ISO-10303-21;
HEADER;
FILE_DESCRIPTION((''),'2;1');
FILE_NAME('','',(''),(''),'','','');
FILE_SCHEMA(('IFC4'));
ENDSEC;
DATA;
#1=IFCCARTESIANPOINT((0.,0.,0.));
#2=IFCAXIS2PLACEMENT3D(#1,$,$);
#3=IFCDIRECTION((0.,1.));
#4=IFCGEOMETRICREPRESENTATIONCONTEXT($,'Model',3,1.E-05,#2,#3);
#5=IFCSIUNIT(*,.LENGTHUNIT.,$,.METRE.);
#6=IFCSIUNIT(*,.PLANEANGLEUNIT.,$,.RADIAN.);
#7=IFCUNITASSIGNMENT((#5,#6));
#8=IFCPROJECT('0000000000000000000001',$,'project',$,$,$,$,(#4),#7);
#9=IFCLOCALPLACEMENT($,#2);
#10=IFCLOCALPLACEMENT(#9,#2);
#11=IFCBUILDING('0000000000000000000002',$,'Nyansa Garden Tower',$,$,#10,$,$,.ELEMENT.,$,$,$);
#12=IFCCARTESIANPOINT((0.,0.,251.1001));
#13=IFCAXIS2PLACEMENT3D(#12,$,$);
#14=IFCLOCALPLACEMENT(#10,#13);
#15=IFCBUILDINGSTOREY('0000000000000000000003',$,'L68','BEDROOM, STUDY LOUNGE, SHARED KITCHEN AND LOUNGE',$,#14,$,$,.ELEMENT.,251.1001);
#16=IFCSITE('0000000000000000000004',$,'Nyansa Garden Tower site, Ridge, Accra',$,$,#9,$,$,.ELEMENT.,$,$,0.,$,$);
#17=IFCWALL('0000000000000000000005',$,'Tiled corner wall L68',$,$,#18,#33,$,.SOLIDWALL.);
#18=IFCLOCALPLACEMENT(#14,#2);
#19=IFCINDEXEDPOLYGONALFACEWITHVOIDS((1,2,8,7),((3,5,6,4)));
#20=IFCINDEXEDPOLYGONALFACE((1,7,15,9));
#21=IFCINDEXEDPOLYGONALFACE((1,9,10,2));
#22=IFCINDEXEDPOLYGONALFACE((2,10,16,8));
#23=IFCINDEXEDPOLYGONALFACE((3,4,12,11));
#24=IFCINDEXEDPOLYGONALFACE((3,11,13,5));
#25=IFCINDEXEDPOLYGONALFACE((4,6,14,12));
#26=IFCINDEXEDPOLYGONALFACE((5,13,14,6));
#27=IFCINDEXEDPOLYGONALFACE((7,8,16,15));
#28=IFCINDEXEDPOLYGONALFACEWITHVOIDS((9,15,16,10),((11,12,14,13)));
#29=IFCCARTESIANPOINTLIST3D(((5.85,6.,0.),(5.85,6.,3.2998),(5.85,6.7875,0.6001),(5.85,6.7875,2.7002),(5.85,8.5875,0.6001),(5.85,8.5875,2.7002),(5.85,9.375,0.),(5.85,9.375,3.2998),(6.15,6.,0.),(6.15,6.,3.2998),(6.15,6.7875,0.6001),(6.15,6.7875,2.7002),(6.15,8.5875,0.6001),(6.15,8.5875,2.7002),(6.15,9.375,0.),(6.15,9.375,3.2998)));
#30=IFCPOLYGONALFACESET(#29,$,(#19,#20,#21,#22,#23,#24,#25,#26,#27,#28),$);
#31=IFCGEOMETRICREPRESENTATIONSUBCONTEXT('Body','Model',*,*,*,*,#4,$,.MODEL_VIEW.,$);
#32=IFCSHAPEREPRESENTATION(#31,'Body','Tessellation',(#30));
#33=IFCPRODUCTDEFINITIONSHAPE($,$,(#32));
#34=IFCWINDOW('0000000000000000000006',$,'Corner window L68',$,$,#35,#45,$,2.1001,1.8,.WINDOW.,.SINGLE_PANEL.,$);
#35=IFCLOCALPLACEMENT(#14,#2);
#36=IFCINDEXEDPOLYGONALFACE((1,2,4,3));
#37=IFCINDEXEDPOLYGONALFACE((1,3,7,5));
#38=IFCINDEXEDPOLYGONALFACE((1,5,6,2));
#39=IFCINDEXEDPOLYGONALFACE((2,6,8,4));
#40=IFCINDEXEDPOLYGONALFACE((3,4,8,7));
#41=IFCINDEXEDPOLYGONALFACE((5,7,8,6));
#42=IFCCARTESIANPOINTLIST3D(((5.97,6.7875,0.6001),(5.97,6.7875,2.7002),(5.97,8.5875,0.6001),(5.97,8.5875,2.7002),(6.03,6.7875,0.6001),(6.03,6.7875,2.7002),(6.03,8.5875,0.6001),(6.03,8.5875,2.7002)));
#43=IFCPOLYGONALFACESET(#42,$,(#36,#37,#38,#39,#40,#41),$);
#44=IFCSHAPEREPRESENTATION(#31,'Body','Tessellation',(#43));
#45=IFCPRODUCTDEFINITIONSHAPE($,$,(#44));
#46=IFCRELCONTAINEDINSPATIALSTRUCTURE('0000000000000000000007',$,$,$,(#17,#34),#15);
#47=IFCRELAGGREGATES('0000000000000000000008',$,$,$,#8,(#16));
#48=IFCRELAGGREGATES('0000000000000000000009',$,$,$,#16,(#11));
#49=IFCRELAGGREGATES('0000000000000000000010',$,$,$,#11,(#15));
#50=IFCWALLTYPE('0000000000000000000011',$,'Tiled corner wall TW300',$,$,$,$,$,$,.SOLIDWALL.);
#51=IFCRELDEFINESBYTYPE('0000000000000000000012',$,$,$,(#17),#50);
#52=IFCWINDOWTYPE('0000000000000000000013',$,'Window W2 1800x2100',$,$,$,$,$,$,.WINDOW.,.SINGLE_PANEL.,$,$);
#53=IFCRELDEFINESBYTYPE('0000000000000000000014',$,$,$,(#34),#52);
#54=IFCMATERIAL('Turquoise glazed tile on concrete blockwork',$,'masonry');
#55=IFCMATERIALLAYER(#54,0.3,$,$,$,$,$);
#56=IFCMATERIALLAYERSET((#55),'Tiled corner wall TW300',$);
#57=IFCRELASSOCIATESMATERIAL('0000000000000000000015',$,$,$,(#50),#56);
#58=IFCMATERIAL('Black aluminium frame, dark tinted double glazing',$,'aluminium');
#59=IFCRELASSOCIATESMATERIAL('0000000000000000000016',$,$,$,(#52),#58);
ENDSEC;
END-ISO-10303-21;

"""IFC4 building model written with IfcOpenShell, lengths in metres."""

from ifc_helpers import new_model, si_unit, direction, frame, frame_2d, origin, place, context, subcontext, project, spatial, rectangle, extrude, material, layer, layer_set, type_object, element, fill, save


model = new_model("IFC4")

# Units and contexts
model_context = context("Model", 3, precision=1e-05, world=origin(), true_north=direction((0.0, 1.0)))
body_context = subcontext(model_context, "Body", "Model", "MODEL_VIEW")
ifc_project = project(units=[si_unit("LENGTHUNIT", "METRE"), si_unit("PLANEANGLEUNIT", "RADIAN")], contexts=[model_context])

# Site, building, storey
site_placement = place(None, origin())
site = spatial("IfcSite", under=ifc_project, at=site_placement, Name="Nyansa Garden Tower site, Ridge, Accra", CompositionType="ELEMENT", RefElevation=0.0)
building_placement = place(site_placement, origin())
building = spatial("IfcBuilding", under=site, at=building_placement, Name="Nyansa Garden Tower", CompositionType="ELEMENT")
storey_placement = place(building_placement, frame((0.0, 0.0, 251.1001)))
storey = spatial("IfcBuildingStorey", under=building, at=storey_placement, Name="L68", Description="BEDROOM, STUDY LOUNGE, SHARED KITCHEN AND LOUNGE", CompositionType="ELEMENT", Elevation=251.1001)

# Wall, opening, window
ifc_material_1 = material(Name="Turquoise glazed tile on concrete blockwork", Category="masonry")
ifc_layer_1 = layer(ifc_material_1, 0.3)
ifc_layer_set_1 = layer_set([ifc_layer_1], Name="Tiled corner wall TW300")
wall_type_1 = type_object("IfcWallType", Name="Tiled corner wall TW300", PredefinedType="SOLIDWALL", material=ifc_layer_set_1)
wall_1_placement = place(storey_placement, frame((6.0, 9.375, 0.0), z_axis=(0.0, 0.0, 1.0), x_axis=(0.0, -1.0, 0.0)))
wall_1 = element("IfcWall", 1, at=wall_1_placement, inside=storey, type_object=wall_type_1, Name="Tiled corner wall L68", PredefinedType="SOLIDWALL", context=body_context, shape_type="SweptSolid", body=[
    extrude(rectangle(XDim=3.375, YDim=0.3, at=frame_2d((1.6875, 0.0))), origin(), (0.0, 0.0, 1.0), 3.2998),
])
opening_1_placement = place(wall_1_placement, frame((0.7876, 0.0, 0.6001)))
opening_1 = element("IfcOpeningElement", 2, at=opening_1_placement, cuts=wall_1, PredefinedType="OPENING", context=body_context, shape_type="SweptSolid", body=[
    extrude(rectangle(XDim=1.8, YDim=2.1001, at=frame_2d((0.8999, 1.05))), frame((0.0, 0.1599, 0.0), z_axis=(0.0, -1.0, 0.0), x_axis=(1.0, 0.0, 0.0)), (0.0, 0.0, 1.0), 0.3201),
])
ifc_material_2 = material(Name="Black aluminium frame, dark tinted double glazing", Category="aluminium")
window_type = type_object("IfcWindowType", Name="Window W2 1800x2100", PartitioningType="SINGLE_PANEL", PredefinedType="WINDOW", material=ifc_material_2)
window_placement = place(opening_1_placement, origin())
window = element("IfcWindow", 3, at=window_placement, inside=storey, type_object=window_type, Name="Corner window L68", OverallHeight=2.1001, OverallWidth=1.8, PartitioningType="SINGLE_PANEL", PredefinedType="WINDOW", context=body_context, shape_type="SweptSolid", body=[
    extrude(rectangle(XDim=1.8, YDim=2.1001, at=frame_2d((0.8999, 1.05))), frame((0.0, 0.03, 0.0), z_axis=(0.0, -1.0, 0.0), x_axis=(1.0, 0.0, 0.0)), (0.0, 0.0, 1.0), 0.0601),
])
fill(opening_1, window)

save(model, "model.ifc")
